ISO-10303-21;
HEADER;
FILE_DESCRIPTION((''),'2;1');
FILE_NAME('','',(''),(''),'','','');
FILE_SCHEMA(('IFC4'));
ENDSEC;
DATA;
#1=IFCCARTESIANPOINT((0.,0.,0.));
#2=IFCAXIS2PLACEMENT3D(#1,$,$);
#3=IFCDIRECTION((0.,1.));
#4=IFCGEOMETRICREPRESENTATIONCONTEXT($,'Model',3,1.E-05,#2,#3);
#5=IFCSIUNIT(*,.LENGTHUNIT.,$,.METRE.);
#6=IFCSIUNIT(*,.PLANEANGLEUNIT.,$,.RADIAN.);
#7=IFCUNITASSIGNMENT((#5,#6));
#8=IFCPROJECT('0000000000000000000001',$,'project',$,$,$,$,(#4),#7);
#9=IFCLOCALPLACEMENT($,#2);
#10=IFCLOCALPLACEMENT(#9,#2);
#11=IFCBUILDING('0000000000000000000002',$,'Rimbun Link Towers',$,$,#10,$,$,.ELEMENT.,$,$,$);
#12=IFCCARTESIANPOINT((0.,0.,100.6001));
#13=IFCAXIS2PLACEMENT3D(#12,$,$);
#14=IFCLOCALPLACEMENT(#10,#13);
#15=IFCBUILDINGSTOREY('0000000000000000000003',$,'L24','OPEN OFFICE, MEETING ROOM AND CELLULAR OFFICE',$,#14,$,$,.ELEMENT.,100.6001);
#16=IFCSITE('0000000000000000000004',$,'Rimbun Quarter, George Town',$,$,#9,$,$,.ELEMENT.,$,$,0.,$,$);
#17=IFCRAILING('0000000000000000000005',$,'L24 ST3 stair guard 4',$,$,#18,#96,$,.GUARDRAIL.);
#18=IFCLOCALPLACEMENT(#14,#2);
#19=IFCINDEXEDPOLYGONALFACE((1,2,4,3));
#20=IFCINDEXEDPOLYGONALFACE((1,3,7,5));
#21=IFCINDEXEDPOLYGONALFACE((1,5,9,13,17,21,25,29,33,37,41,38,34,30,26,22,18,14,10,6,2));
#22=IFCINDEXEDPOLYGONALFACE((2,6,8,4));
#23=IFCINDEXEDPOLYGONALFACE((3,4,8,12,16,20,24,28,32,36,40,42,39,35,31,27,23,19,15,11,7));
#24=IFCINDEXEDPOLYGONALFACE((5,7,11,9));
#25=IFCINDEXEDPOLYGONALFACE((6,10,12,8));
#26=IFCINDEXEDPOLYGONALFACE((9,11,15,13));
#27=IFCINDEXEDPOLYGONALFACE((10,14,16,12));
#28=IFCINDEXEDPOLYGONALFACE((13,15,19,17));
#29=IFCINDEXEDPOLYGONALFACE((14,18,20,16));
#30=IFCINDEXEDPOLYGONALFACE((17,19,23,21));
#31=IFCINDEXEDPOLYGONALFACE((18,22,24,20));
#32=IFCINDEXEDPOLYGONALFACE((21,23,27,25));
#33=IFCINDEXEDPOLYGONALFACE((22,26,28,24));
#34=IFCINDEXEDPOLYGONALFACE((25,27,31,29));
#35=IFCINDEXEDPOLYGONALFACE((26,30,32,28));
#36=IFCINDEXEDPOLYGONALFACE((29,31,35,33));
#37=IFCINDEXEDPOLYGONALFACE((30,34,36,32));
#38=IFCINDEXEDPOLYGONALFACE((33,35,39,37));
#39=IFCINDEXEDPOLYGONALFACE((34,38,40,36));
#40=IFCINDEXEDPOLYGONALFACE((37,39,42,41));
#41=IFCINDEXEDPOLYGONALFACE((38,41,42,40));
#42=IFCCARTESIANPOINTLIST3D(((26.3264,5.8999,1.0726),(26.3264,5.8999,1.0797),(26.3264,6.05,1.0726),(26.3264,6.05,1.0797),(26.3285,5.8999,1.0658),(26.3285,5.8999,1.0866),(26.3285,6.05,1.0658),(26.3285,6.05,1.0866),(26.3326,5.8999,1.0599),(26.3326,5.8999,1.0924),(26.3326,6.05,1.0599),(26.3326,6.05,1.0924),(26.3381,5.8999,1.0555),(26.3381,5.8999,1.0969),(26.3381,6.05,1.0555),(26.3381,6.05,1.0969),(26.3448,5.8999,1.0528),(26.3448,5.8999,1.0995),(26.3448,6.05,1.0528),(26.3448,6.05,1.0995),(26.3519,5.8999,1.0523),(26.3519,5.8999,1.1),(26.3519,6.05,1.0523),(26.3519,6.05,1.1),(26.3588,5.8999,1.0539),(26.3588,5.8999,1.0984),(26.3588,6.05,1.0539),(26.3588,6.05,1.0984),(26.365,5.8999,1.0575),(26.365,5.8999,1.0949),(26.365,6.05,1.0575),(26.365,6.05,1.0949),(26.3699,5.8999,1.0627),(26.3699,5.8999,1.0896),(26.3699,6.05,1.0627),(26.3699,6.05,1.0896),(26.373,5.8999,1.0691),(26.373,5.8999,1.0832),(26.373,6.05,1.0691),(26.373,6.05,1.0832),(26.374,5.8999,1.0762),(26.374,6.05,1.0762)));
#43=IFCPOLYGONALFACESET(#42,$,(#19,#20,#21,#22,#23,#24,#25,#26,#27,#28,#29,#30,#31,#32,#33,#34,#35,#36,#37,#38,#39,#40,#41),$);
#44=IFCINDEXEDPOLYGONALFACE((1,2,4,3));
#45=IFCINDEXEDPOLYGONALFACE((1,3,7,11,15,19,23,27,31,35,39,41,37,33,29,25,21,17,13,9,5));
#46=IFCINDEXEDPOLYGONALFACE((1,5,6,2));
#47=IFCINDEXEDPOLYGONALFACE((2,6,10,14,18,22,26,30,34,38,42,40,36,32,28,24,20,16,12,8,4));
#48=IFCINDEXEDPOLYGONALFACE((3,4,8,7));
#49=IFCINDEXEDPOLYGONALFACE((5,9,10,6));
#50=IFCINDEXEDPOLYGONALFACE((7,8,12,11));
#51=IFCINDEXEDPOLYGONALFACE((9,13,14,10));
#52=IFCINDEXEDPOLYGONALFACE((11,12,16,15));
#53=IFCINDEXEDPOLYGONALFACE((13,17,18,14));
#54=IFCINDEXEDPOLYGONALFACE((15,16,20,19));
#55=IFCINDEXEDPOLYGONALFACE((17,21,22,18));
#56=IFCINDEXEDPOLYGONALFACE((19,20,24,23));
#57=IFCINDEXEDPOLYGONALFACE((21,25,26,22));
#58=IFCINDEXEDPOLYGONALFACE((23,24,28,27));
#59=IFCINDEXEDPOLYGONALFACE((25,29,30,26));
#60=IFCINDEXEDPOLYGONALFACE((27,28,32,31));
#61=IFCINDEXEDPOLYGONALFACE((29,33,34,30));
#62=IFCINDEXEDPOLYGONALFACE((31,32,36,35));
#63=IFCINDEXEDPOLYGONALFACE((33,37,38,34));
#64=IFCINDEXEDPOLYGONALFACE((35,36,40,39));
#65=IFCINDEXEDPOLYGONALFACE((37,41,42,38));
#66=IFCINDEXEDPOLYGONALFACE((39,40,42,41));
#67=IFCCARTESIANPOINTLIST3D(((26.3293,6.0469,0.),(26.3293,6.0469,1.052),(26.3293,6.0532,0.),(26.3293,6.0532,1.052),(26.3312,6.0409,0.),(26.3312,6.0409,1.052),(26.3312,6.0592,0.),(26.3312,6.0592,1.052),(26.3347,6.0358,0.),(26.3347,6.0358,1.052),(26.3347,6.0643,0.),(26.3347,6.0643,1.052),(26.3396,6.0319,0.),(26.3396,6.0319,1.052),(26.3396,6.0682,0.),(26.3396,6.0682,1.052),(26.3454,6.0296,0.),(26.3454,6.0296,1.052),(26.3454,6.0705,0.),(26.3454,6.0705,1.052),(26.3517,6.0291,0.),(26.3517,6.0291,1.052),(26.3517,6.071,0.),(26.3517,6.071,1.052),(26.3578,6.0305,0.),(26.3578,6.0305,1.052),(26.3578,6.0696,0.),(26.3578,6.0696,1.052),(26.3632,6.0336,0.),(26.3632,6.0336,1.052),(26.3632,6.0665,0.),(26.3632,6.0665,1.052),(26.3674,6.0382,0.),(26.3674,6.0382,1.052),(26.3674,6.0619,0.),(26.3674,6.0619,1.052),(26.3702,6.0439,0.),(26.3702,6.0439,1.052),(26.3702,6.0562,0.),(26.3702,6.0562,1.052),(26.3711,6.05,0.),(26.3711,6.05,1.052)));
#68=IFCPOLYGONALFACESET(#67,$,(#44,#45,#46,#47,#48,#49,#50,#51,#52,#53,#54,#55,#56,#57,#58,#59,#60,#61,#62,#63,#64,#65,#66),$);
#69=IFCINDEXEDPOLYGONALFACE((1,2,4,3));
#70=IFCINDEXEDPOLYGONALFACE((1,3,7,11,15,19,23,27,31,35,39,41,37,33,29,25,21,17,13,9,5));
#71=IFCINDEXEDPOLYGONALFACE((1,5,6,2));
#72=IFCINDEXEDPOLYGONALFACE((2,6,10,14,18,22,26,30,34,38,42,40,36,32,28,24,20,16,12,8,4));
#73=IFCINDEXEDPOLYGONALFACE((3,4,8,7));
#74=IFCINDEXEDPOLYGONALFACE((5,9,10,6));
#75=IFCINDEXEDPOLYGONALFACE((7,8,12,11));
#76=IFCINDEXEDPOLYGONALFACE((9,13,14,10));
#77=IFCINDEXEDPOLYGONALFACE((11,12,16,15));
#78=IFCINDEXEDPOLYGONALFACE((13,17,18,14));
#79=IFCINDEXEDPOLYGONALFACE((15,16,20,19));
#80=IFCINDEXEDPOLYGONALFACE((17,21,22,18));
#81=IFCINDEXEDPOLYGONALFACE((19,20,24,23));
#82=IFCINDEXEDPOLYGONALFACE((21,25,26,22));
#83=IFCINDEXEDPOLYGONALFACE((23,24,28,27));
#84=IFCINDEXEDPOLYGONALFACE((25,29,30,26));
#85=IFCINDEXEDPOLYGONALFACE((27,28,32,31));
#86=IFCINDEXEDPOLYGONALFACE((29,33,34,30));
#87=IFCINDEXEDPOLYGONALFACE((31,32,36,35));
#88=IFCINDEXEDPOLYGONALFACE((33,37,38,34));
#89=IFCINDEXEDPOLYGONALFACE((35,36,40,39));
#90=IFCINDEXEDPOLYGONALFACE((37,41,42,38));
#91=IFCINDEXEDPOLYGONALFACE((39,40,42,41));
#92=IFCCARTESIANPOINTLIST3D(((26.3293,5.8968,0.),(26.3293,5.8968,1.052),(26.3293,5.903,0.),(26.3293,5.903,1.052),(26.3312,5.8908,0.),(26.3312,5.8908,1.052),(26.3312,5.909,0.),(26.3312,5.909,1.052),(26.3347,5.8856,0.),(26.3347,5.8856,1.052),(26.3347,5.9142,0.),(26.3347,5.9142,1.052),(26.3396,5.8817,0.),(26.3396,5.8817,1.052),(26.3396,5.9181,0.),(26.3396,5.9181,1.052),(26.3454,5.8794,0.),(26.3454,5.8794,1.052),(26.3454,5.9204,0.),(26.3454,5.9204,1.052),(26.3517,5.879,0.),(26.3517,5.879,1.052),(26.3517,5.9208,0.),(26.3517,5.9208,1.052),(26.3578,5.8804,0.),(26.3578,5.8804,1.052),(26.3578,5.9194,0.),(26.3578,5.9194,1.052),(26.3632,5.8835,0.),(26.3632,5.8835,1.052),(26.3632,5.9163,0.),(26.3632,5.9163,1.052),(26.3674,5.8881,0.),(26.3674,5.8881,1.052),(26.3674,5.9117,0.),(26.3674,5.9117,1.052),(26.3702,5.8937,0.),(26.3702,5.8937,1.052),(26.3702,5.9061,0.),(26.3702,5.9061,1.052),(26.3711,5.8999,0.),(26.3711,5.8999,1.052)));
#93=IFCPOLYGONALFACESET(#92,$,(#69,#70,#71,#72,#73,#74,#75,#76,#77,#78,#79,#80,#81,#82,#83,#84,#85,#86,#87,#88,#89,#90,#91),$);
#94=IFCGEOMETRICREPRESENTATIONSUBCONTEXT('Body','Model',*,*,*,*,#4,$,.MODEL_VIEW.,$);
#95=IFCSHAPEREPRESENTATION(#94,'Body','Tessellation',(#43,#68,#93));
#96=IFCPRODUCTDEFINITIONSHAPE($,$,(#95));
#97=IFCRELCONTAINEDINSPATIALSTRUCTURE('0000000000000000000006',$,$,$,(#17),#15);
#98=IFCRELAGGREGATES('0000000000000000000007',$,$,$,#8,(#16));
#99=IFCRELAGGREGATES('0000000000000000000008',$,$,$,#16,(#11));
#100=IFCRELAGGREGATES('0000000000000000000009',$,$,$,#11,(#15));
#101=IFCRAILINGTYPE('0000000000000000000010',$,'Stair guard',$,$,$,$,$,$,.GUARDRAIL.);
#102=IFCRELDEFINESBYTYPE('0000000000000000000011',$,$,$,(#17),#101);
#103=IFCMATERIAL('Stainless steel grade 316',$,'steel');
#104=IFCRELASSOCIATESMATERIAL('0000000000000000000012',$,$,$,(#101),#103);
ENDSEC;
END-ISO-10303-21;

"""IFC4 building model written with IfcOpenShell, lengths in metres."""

from ifc_helpers import new_model, si_unit, direction, frame, origin, origin_2d, place, context, subcontext, project, spatial, circle, extrude, material, type_object, element, save


model = new_model("IFC4")

# Units and contexts
model_context = context("Model", 3, precision=1e-05, world=origin(), true_north=direction((0.0, 1.0)))
body_context = subcontext(model_context, "Body", "Model", "MODEL_VIEW")
ifc_project = project(units=[si_unit("LENGTHUNIT", "METRE"), si_unit("PLANEANGLEUNIT", "RADIAN")], contexts=[model_context])

# Site, building, storey
site_placement = place(None, origin())
site = spatial("IfcSite", under=ifc_project, at=site_placement, Name="Rimbun Quarter, George Town", CompositionType="ELEMENT", RefElevation=0.0)
building_placement = place(site_placement, origin())
building = spatial("IfcBuilding", under=site, at=building_placement, Name="Rimbun Link Towers", CompositionType="ELEMENT")
storey_placement = place(building_placement, frame((0.0, 0.0, 100.6001)))
storey = spatial("IfcBuildingStorey", under=building, at=storey_placement, Name="L24", Description="OPEN OFFICE, MEETING ROOM AND CELLULAR OFFICE", CompositionType="ELEMENT", Elevation=100.6001)

# Railing
ifc_material_1 = material(Name="Stainless steel grade 316", Category="steel")
railing_type_1 = type_object("IfcRailingType", Name="Stair guard", PredefinedType="GUARDRAIL", material=ifc_material_1)
railing_1_placement = place(storey_placement, frame((26.3501, 6.05, 0.0)))
element("IfcRailing", 1, at=railing_1_placement, inside=storey, type_object=railing_type_1, Name="L24 ST3 stair guard 4", PredefinedType="GUARDRAIL", context=body_context, shape_type="SweptSolid", body=[
    extrude(circle(Radius=0.0239, at=origin_2d()), frame((0.0, 0.0, 1.0762), z_axis=(0.0, -1.0, 0.0), x_axis=(1.0, 0.0, 0.0)), (0.0, 0.0, 1.0), 0.1501),
    extrude(circle(Radius=0.021, at=origin_2d()), origin(), (0.0, 0.0, 1.0), 1.052),
    extrude(circle(Radius=0.021, at=origin_2d()), frame((0.0, -0.1501, 0.0)), (0.0, 0.0, 1.0), 1.052),
])

save(model, "model.ifc")
